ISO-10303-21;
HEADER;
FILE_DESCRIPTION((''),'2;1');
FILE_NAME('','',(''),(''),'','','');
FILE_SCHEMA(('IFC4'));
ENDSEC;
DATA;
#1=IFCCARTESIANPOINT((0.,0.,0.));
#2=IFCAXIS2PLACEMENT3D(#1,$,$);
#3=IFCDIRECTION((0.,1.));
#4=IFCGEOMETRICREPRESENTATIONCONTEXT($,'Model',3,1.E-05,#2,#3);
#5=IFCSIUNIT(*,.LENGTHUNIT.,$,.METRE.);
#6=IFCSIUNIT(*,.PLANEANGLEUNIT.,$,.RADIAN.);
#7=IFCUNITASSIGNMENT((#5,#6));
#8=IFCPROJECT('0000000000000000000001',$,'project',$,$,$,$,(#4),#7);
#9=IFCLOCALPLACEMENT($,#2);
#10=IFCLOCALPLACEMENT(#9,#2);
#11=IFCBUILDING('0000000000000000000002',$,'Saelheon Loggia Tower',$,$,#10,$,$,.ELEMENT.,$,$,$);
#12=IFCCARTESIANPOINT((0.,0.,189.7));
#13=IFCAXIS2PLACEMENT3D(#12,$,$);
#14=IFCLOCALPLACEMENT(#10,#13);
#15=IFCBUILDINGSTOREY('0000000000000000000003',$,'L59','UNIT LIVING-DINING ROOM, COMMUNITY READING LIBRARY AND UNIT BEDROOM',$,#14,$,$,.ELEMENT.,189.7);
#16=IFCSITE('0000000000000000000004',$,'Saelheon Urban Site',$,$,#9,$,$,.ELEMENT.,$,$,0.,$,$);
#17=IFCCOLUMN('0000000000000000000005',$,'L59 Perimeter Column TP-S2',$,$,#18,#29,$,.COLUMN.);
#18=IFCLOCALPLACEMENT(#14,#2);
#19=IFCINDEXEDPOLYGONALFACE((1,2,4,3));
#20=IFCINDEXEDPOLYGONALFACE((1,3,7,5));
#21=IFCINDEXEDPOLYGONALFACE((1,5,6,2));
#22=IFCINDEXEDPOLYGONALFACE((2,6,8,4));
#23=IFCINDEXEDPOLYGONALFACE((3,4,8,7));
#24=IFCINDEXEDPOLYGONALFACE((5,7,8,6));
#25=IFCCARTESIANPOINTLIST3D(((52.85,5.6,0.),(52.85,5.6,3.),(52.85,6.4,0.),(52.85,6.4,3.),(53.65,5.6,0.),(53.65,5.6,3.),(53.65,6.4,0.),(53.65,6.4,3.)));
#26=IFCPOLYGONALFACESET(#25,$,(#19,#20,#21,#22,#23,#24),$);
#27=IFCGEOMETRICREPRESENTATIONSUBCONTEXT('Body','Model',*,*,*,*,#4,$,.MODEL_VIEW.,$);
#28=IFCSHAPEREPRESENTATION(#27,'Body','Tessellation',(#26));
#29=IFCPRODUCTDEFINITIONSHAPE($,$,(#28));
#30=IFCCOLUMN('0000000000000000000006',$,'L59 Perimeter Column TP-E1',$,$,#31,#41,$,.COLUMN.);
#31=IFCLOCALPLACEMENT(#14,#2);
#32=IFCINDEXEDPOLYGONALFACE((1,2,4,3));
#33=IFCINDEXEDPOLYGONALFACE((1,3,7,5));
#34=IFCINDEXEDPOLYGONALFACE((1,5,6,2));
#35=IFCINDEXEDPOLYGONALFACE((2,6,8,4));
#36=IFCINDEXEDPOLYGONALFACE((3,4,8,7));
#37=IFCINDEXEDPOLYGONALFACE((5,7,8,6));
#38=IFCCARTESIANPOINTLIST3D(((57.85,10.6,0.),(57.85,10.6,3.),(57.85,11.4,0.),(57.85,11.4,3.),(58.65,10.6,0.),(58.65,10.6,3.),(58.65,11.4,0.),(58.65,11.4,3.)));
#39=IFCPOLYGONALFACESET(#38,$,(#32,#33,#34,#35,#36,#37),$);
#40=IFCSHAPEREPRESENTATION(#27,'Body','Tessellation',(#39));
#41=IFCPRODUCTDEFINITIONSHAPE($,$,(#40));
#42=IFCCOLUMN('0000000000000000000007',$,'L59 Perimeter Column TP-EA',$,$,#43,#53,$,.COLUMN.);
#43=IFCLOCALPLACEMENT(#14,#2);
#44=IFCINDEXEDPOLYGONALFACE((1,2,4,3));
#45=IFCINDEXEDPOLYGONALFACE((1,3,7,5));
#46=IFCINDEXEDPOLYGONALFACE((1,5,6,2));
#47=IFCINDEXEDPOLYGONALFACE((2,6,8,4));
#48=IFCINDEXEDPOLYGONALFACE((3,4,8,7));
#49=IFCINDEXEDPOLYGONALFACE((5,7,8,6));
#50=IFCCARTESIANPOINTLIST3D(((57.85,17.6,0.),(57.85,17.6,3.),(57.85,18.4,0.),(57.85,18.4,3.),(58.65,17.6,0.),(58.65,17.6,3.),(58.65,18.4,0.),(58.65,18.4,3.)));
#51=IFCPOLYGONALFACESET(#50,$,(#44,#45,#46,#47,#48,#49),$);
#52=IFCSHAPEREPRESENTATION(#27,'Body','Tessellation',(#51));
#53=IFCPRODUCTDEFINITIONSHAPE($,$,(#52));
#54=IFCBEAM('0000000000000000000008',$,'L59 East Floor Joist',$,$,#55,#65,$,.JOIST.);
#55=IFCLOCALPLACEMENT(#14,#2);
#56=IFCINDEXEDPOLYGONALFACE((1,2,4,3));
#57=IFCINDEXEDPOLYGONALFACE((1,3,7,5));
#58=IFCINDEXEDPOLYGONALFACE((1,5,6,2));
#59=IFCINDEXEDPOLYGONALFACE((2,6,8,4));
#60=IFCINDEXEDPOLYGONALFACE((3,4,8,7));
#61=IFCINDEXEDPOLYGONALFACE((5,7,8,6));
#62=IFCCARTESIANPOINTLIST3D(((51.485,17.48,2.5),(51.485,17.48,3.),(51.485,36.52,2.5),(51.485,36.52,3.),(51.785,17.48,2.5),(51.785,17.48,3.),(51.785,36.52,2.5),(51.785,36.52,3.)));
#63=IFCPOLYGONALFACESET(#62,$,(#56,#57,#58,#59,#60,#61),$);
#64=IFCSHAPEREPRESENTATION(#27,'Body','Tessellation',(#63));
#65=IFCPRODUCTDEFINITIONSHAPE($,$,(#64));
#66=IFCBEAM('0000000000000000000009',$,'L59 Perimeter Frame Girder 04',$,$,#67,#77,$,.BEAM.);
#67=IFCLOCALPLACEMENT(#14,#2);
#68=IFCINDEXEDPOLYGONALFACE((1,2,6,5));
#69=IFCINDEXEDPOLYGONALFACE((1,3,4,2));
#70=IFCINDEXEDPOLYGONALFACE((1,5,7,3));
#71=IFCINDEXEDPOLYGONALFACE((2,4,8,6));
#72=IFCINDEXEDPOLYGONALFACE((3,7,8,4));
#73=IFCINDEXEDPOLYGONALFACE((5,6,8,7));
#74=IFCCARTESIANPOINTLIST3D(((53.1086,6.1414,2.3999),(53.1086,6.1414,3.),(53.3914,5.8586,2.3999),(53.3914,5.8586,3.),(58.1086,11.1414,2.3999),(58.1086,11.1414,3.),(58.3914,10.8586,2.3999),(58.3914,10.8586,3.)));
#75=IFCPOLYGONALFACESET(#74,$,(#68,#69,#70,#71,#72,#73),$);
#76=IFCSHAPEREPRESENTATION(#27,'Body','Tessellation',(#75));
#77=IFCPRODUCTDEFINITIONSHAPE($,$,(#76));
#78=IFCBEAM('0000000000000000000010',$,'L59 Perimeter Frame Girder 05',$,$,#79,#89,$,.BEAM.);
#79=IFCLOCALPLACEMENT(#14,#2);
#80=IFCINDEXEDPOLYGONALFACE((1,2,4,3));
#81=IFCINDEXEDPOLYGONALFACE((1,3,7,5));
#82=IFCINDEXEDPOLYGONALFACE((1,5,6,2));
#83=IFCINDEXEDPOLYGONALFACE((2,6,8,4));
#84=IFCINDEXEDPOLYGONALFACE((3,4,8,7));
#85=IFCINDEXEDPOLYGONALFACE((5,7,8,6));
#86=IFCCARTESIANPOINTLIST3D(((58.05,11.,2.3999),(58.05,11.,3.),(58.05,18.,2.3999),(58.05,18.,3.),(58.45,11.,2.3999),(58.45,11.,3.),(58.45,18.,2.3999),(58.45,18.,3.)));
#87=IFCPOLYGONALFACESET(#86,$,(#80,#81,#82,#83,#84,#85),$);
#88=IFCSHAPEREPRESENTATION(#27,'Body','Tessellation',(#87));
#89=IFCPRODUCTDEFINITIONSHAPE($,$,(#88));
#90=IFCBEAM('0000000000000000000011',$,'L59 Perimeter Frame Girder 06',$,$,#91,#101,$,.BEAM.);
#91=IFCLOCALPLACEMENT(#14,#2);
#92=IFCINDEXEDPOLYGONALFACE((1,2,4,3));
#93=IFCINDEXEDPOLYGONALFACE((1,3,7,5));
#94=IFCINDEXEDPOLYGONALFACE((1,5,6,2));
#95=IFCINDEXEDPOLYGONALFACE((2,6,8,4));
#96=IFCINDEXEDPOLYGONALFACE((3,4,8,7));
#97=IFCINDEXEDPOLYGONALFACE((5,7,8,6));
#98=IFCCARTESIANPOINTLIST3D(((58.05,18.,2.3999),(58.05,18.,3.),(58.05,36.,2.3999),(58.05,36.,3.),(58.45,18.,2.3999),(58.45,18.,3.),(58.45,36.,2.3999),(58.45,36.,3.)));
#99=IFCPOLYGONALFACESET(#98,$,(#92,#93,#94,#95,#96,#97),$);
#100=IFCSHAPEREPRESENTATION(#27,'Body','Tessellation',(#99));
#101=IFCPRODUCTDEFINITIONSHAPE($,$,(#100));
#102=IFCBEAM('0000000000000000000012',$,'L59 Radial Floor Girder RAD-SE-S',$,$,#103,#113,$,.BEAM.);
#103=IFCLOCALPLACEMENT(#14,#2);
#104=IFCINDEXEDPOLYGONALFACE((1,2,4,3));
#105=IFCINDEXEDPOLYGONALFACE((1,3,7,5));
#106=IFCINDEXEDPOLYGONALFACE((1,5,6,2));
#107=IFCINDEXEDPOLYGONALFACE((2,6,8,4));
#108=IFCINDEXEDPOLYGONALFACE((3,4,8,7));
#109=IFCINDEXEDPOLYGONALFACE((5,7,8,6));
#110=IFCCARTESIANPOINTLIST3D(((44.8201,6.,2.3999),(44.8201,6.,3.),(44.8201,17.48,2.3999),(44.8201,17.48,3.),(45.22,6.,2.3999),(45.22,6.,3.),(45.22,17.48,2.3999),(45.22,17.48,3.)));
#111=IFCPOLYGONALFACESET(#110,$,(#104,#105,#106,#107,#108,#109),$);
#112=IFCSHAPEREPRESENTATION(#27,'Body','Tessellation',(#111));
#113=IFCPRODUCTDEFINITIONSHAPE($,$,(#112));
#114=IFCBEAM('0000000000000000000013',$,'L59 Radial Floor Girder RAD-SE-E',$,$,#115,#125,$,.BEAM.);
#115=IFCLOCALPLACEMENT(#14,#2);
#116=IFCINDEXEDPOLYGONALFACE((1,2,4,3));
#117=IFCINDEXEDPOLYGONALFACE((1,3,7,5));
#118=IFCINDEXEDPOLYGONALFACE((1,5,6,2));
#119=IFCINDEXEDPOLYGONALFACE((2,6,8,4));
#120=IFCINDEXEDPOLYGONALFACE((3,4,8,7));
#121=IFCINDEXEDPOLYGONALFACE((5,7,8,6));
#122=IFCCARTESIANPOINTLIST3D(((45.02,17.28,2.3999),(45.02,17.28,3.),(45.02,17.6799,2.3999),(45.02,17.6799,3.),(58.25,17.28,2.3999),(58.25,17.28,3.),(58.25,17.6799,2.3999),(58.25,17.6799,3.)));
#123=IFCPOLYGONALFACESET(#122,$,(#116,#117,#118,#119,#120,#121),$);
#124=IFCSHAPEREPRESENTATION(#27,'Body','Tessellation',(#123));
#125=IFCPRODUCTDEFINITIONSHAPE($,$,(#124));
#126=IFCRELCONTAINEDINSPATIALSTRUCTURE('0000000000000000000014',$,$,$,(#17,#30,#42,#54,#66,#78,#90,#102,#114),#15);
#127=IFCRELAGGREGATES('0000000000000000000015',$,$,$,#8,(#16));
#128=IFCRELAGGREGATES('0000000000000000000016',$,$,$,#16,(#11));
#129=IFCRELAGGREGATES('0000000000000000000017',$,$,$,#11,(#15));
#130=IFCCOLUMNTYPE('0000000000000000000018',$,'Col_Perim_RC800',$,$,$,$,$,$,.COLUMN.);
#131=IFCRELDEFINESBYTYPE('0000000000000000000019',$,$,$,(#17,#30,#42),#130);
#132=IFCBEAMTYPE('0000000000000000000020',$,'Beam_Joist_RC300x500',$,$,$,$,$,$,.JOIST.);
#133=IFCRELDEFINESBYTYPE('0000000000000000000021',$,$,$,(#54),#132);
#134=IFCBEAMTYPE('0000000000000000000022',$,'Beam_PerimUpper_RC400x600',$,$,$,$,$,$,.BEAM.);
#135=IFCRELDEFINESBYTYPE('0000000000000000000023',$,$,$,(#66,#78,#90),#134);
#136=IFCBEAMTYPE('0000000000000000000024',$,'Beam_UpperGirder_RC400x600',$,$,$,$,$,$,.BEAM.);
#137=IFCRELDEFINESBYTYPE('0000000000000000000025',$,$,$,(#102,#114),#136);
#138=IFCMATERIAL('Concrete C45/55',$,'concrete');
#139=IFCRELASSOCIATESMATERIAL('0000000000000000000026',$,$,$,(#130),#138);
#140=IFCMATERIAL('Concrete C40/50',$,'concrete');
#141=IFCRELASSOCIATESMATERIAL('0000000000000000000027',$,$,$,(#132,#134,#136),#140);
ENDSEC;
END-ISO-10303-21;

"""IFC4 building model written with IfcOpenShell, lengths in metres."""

from ifc_helpers import new_model, si_unit, direction, frame, origin, origin_2d, place, context, subcontext, project, spatial, rectangle, extrude, source, transform, mapped, material, material_profile, profile_set, type_object, element, save


model = new_model("IFC4")

# Units and contexts
model_context = context("Model", 3, precision=1e-05, world=origin(), true_north=direction((0.0, 1.0)))
body_context = subcontext(model_context, "Body", "Model", "MODEL_VIEW")
ifc_project = project(units=[si_unit("LENGTHUNIT", "METRE"), si_unit("PLANEANGLEUNIT", "RADIAN")], contexts=[model_context])

# Site, building, storey
site_placement = place(None, origin())
site = spatial("IfcSite", under=ifc_project, at=site_placement, Name="Saelheon Urban Site", CompositionType="ELEMENT", RefElevation=0.0)
building_placement = place(site_placement, origin())
building = spatial("IfcBuilding", under=site, at=building_placement, Name="Saelheon Loggia Tower", CompositionType="ELEMENT")
storey_placement = place(building_placement, frame((0.0, 0.0, 189.7)))
storey = spatial("IfcBuildingStorey", under=building, at=storey_placement, Name="L59", Description="UNIT LIVING-DINING ROOM, COMMUNITY READING LIBRARY AND UNIT BEDROOM", CompositionType="ELEMENT", Elevation=189.7)

# Columns
ifc_material_1 = material(Name="Concrete C45/55", Category="concrete")
ifc_material_profile_1 = material_profile(ifc_material_1, rectangle(XDim=0.8, YDim=0.8, at=origin_2d()), Name="RC-800x800")
ifc_profile_set_1 = profile_set([ifc_material_profile_1], Name="Concrete C45/55")
column_type = type_object("IfcColumnType", Name="Col_Perim_RC800", PredefinedType="COLUMN", material=ifc_profile_set_1)
shared_shape_1 = source(origin(), body_context, "Body", "SweptSolid", [
    extrude(rectangle(XDim=0.8, YDim=0.8, at=origin_2d()), origin(), (0.0, 0.0, 1.0), 3.0),
])
for number, where, z_axis, x_axis, name in (
    (1, (53.25, 6.0, 0.0), (0.0, 0.0, 1.0), (1.0, 0.0, 0.0), "L59 Perimeter Column TP-S2"),
    (2, (58.25, 11.0, 0.0), (0.0, 0.0, 1.0), (1.0, 0.0, 0.0), "L59 Perimeter Column TP-E1"),
    (3, (58.25, 18.0, 0.0), (0.0, 0.0, 1.0), (1.0, 0.0, 0.0), "L59 Perimeter Column TP-EA"),
):
    element("IfcColumn", number, at=place(storey_placement, frame(where, z_axis=z_axis, x_axis=x_axis)), inside=storey, type_object=column_type, Name=name, PredefinedType="COLUMN", context=body_context, shape_type="MappedRepresentation", body=[
        mapped(shared_shape_1, transform((0.0, 0.0, 0.0), scale=1.0)),
    ])

# Beams
ifc_material_2 = material(Name="Concrete C40/50", Category="concrete")
ifc_material_profile_2 = material_profile(ifc_material_2, rectangle(XDim=0.3, YDim=0.5, at=origin_2d()), Name="RC-300x500")
ifc_profile_set_2 = profile_set([ifc_material_profile_2], Name="Concrete C40/50")
beam_type_1 = type_object("IfcBeamType", Name="Beam_Joist_RC300x500", PredefinedType="JOIST", material=ifc_profile_set_2)
shared_shape_2 = source(origin(), body_context, "Body", "SweptSolid", [
    extrude(rectangle(XDim=0.3, YDim=0.5, at=origin_2d()), origin(), (0.0, 0.0, 1.0), 19.04),
])
beam_1_placement = place(storey_placement, frame((51.635, 17.48, 2.75), z_axis=(0.0, 1.0, 0.0), x_axis=(-1.0, 0.0, 0.0)))
element("IfcBeam", 4, at=beam_1_placement, inside=storey, type_object=beam_type_1, Name="L59 East Floor Joist", PredefinedType="JOIST", context=body_context, shape_type="MappedRepresentation", body=[
    mapped(shared_shape_2, transform((0.0, 0.0, 0.0), scale=1.0)),
])
ifc_material_profile_3 = material_profile(ifc_material_2, rectangle(XDim=0.3999, YDim=0.6001, at=origin_2d()), Name="RC-400x600")
ifc_profile_set_3 = profile_set([ifc_material_profile_3], Name="Concrete C40/50")
beam_type_2 = type_object("IfcBeamType", Name="Beam_PerimUpper_RC400x600", PredefinedType="BEAM", material=ifc_profile_set_3)
shared_shape_3 = source(origin(), body_context, "Body", "SweptSolid", [
    extrude(rectangle(XDim=0.3999, YDim=0.6001, at=origin_2d()), origin(), (0.0, 0.0, 1.0), 7.071),
])
beam_2_placement = place(storey_placement, frame((53.25, 6.0, 2.7), z_axis=(0.707107, 0.707107, 0.0), x_axis=(-0.707107, 0.707107, 0.0)))
element("IfcBeam", 5, at=beam_2_placement, inside=storey, type_object=beam_type_2, Name="L59 Perimeter Frame Girder 04", PredefinedType="BEAM", context=body_context, shape_type="MappedRepresentation", body=[
    mapped(shared_shape_3, transform((0.0, 0.0, 0.0), scale=1.0)),
])
shared_shape_4 = source(origin(), body_context, "Body", "SweptSolid", [
    extrude(rectangle(XDim=0.3999, YDim=0.6001, at=origin_2d()), origin(), (0.0, 0.0, 1.0), 7.0),
])
beam_3_placement = place(storey_placement, frame((58.25, 11.0, 2.7), z_axis=(0.0, 1.0, 0.0), x_axis=(-1.0, 0.0, 0.0)))
element("IfcBeam", 6, at=beam_3_placement, inside=storey, type_object=beam_type_2, Name="L59 Perimeter Frame Girder 05", PredefinedType="BEAM", context=body_context, shape_type="MappedRepresentation", body=[
    mapped(shared_shape_4, transform((0.0, 0.0, 0.0), scale=1.0)),
])
shared_shape_5 = source(origin(), body_context, "Body", "SweptSolid", [
    extrude(rectangle(XDim=0.3999, YDim=0.6001, at=origin_2d()), origin(), (0.0, 0.0, 1.0), 18.0),
])
beam_4_placement = place(storey_placement, frame((58.25, 18.0, 2.7), z_axis=(0.0, 1.0, 0.0), x_axis=(-1.0, 0.0, 0.0)))
element("IfcBeam", 7, at=beam_4_placement, inside=storey, type_object=beam_type_2, Name="L59 Perimeter Frame Girder 06", PredefinedType="BEAM", context=body_context, shape_type="MappedRepresentation", body=[
    mapped(shared_shape_5, transform((0.0, 0.0, 0.0), scale=1.0)),
])
ifc_material_profile_4 = material_profile(ifc_material_2, rectangle(XDim=0.3999, YDim=0.6001, at=origin_2d()), Name="RC-400x600")
ifc_profile_set_4 = profile_set([ifc_material_profile_4], Name="Concrete C40/50")
beam_type_3 = type_object("IfcBeamType", Name="Beam_UpperGirder_RC400x600", PredefinedType="BEAM", material=ifc_profile_set_4)
shared_shape_6 = source(origin(), body_context, "Body", "SweptSolid", [
    extrude(rectangle(XDim=0.3999, YDim=0.6001, at=origin_2d()), origin(), (0.0, 0.0, 1.0), 11.48),
])
beam_5_placement = place(storey_placement, frame((45.02, 17.48, 2.7), z_axis=(0.0, -1.0, 0.0), x_axis=(1.0, 0.0, 0.0)))
element("IfcBeam", 8, at=beam_5_placement, inside=storey, type_object=beam_type_3, Name="L59 Radial Floor Girder RAD-SE-S", PredefinedType="BEAM", context=body_context, shape_type="MappedRepresentation", body=[
    mapped(shared_shape_6, transform((0.0, 0.0, 0.0), scale=1.0)),
])
shared_shape_7 = source(origin(), body_context, "Body", "SweptSolid", [
    extrude(rectangle(XDim=0.3999, YDim=0.6001, at=origin_2d()), origin(), (0.0, 0.0, 1.0), 13.23),
])
beam_6_placement = place(storey_placement, frame((45.02, 17.48, 2.7), z_axis=(1.0, 0.0, 0.0), x_axis=(0.0, 1.0, 0.0)))
element("IfcBeam", 9, at=beam_6_placement, inside=storey, type_object=beam_type_3, Name="L59 Radial Floor Girder RAD-SE-E", PredefinedType="BEAM", context=body_context, shape_type="MappedRepresentation", body=[
    mapped(shared_shape_7, transform((0.0, 0.0, 0.0), scale=1.0)),
])

save(model, "model.ifc")
